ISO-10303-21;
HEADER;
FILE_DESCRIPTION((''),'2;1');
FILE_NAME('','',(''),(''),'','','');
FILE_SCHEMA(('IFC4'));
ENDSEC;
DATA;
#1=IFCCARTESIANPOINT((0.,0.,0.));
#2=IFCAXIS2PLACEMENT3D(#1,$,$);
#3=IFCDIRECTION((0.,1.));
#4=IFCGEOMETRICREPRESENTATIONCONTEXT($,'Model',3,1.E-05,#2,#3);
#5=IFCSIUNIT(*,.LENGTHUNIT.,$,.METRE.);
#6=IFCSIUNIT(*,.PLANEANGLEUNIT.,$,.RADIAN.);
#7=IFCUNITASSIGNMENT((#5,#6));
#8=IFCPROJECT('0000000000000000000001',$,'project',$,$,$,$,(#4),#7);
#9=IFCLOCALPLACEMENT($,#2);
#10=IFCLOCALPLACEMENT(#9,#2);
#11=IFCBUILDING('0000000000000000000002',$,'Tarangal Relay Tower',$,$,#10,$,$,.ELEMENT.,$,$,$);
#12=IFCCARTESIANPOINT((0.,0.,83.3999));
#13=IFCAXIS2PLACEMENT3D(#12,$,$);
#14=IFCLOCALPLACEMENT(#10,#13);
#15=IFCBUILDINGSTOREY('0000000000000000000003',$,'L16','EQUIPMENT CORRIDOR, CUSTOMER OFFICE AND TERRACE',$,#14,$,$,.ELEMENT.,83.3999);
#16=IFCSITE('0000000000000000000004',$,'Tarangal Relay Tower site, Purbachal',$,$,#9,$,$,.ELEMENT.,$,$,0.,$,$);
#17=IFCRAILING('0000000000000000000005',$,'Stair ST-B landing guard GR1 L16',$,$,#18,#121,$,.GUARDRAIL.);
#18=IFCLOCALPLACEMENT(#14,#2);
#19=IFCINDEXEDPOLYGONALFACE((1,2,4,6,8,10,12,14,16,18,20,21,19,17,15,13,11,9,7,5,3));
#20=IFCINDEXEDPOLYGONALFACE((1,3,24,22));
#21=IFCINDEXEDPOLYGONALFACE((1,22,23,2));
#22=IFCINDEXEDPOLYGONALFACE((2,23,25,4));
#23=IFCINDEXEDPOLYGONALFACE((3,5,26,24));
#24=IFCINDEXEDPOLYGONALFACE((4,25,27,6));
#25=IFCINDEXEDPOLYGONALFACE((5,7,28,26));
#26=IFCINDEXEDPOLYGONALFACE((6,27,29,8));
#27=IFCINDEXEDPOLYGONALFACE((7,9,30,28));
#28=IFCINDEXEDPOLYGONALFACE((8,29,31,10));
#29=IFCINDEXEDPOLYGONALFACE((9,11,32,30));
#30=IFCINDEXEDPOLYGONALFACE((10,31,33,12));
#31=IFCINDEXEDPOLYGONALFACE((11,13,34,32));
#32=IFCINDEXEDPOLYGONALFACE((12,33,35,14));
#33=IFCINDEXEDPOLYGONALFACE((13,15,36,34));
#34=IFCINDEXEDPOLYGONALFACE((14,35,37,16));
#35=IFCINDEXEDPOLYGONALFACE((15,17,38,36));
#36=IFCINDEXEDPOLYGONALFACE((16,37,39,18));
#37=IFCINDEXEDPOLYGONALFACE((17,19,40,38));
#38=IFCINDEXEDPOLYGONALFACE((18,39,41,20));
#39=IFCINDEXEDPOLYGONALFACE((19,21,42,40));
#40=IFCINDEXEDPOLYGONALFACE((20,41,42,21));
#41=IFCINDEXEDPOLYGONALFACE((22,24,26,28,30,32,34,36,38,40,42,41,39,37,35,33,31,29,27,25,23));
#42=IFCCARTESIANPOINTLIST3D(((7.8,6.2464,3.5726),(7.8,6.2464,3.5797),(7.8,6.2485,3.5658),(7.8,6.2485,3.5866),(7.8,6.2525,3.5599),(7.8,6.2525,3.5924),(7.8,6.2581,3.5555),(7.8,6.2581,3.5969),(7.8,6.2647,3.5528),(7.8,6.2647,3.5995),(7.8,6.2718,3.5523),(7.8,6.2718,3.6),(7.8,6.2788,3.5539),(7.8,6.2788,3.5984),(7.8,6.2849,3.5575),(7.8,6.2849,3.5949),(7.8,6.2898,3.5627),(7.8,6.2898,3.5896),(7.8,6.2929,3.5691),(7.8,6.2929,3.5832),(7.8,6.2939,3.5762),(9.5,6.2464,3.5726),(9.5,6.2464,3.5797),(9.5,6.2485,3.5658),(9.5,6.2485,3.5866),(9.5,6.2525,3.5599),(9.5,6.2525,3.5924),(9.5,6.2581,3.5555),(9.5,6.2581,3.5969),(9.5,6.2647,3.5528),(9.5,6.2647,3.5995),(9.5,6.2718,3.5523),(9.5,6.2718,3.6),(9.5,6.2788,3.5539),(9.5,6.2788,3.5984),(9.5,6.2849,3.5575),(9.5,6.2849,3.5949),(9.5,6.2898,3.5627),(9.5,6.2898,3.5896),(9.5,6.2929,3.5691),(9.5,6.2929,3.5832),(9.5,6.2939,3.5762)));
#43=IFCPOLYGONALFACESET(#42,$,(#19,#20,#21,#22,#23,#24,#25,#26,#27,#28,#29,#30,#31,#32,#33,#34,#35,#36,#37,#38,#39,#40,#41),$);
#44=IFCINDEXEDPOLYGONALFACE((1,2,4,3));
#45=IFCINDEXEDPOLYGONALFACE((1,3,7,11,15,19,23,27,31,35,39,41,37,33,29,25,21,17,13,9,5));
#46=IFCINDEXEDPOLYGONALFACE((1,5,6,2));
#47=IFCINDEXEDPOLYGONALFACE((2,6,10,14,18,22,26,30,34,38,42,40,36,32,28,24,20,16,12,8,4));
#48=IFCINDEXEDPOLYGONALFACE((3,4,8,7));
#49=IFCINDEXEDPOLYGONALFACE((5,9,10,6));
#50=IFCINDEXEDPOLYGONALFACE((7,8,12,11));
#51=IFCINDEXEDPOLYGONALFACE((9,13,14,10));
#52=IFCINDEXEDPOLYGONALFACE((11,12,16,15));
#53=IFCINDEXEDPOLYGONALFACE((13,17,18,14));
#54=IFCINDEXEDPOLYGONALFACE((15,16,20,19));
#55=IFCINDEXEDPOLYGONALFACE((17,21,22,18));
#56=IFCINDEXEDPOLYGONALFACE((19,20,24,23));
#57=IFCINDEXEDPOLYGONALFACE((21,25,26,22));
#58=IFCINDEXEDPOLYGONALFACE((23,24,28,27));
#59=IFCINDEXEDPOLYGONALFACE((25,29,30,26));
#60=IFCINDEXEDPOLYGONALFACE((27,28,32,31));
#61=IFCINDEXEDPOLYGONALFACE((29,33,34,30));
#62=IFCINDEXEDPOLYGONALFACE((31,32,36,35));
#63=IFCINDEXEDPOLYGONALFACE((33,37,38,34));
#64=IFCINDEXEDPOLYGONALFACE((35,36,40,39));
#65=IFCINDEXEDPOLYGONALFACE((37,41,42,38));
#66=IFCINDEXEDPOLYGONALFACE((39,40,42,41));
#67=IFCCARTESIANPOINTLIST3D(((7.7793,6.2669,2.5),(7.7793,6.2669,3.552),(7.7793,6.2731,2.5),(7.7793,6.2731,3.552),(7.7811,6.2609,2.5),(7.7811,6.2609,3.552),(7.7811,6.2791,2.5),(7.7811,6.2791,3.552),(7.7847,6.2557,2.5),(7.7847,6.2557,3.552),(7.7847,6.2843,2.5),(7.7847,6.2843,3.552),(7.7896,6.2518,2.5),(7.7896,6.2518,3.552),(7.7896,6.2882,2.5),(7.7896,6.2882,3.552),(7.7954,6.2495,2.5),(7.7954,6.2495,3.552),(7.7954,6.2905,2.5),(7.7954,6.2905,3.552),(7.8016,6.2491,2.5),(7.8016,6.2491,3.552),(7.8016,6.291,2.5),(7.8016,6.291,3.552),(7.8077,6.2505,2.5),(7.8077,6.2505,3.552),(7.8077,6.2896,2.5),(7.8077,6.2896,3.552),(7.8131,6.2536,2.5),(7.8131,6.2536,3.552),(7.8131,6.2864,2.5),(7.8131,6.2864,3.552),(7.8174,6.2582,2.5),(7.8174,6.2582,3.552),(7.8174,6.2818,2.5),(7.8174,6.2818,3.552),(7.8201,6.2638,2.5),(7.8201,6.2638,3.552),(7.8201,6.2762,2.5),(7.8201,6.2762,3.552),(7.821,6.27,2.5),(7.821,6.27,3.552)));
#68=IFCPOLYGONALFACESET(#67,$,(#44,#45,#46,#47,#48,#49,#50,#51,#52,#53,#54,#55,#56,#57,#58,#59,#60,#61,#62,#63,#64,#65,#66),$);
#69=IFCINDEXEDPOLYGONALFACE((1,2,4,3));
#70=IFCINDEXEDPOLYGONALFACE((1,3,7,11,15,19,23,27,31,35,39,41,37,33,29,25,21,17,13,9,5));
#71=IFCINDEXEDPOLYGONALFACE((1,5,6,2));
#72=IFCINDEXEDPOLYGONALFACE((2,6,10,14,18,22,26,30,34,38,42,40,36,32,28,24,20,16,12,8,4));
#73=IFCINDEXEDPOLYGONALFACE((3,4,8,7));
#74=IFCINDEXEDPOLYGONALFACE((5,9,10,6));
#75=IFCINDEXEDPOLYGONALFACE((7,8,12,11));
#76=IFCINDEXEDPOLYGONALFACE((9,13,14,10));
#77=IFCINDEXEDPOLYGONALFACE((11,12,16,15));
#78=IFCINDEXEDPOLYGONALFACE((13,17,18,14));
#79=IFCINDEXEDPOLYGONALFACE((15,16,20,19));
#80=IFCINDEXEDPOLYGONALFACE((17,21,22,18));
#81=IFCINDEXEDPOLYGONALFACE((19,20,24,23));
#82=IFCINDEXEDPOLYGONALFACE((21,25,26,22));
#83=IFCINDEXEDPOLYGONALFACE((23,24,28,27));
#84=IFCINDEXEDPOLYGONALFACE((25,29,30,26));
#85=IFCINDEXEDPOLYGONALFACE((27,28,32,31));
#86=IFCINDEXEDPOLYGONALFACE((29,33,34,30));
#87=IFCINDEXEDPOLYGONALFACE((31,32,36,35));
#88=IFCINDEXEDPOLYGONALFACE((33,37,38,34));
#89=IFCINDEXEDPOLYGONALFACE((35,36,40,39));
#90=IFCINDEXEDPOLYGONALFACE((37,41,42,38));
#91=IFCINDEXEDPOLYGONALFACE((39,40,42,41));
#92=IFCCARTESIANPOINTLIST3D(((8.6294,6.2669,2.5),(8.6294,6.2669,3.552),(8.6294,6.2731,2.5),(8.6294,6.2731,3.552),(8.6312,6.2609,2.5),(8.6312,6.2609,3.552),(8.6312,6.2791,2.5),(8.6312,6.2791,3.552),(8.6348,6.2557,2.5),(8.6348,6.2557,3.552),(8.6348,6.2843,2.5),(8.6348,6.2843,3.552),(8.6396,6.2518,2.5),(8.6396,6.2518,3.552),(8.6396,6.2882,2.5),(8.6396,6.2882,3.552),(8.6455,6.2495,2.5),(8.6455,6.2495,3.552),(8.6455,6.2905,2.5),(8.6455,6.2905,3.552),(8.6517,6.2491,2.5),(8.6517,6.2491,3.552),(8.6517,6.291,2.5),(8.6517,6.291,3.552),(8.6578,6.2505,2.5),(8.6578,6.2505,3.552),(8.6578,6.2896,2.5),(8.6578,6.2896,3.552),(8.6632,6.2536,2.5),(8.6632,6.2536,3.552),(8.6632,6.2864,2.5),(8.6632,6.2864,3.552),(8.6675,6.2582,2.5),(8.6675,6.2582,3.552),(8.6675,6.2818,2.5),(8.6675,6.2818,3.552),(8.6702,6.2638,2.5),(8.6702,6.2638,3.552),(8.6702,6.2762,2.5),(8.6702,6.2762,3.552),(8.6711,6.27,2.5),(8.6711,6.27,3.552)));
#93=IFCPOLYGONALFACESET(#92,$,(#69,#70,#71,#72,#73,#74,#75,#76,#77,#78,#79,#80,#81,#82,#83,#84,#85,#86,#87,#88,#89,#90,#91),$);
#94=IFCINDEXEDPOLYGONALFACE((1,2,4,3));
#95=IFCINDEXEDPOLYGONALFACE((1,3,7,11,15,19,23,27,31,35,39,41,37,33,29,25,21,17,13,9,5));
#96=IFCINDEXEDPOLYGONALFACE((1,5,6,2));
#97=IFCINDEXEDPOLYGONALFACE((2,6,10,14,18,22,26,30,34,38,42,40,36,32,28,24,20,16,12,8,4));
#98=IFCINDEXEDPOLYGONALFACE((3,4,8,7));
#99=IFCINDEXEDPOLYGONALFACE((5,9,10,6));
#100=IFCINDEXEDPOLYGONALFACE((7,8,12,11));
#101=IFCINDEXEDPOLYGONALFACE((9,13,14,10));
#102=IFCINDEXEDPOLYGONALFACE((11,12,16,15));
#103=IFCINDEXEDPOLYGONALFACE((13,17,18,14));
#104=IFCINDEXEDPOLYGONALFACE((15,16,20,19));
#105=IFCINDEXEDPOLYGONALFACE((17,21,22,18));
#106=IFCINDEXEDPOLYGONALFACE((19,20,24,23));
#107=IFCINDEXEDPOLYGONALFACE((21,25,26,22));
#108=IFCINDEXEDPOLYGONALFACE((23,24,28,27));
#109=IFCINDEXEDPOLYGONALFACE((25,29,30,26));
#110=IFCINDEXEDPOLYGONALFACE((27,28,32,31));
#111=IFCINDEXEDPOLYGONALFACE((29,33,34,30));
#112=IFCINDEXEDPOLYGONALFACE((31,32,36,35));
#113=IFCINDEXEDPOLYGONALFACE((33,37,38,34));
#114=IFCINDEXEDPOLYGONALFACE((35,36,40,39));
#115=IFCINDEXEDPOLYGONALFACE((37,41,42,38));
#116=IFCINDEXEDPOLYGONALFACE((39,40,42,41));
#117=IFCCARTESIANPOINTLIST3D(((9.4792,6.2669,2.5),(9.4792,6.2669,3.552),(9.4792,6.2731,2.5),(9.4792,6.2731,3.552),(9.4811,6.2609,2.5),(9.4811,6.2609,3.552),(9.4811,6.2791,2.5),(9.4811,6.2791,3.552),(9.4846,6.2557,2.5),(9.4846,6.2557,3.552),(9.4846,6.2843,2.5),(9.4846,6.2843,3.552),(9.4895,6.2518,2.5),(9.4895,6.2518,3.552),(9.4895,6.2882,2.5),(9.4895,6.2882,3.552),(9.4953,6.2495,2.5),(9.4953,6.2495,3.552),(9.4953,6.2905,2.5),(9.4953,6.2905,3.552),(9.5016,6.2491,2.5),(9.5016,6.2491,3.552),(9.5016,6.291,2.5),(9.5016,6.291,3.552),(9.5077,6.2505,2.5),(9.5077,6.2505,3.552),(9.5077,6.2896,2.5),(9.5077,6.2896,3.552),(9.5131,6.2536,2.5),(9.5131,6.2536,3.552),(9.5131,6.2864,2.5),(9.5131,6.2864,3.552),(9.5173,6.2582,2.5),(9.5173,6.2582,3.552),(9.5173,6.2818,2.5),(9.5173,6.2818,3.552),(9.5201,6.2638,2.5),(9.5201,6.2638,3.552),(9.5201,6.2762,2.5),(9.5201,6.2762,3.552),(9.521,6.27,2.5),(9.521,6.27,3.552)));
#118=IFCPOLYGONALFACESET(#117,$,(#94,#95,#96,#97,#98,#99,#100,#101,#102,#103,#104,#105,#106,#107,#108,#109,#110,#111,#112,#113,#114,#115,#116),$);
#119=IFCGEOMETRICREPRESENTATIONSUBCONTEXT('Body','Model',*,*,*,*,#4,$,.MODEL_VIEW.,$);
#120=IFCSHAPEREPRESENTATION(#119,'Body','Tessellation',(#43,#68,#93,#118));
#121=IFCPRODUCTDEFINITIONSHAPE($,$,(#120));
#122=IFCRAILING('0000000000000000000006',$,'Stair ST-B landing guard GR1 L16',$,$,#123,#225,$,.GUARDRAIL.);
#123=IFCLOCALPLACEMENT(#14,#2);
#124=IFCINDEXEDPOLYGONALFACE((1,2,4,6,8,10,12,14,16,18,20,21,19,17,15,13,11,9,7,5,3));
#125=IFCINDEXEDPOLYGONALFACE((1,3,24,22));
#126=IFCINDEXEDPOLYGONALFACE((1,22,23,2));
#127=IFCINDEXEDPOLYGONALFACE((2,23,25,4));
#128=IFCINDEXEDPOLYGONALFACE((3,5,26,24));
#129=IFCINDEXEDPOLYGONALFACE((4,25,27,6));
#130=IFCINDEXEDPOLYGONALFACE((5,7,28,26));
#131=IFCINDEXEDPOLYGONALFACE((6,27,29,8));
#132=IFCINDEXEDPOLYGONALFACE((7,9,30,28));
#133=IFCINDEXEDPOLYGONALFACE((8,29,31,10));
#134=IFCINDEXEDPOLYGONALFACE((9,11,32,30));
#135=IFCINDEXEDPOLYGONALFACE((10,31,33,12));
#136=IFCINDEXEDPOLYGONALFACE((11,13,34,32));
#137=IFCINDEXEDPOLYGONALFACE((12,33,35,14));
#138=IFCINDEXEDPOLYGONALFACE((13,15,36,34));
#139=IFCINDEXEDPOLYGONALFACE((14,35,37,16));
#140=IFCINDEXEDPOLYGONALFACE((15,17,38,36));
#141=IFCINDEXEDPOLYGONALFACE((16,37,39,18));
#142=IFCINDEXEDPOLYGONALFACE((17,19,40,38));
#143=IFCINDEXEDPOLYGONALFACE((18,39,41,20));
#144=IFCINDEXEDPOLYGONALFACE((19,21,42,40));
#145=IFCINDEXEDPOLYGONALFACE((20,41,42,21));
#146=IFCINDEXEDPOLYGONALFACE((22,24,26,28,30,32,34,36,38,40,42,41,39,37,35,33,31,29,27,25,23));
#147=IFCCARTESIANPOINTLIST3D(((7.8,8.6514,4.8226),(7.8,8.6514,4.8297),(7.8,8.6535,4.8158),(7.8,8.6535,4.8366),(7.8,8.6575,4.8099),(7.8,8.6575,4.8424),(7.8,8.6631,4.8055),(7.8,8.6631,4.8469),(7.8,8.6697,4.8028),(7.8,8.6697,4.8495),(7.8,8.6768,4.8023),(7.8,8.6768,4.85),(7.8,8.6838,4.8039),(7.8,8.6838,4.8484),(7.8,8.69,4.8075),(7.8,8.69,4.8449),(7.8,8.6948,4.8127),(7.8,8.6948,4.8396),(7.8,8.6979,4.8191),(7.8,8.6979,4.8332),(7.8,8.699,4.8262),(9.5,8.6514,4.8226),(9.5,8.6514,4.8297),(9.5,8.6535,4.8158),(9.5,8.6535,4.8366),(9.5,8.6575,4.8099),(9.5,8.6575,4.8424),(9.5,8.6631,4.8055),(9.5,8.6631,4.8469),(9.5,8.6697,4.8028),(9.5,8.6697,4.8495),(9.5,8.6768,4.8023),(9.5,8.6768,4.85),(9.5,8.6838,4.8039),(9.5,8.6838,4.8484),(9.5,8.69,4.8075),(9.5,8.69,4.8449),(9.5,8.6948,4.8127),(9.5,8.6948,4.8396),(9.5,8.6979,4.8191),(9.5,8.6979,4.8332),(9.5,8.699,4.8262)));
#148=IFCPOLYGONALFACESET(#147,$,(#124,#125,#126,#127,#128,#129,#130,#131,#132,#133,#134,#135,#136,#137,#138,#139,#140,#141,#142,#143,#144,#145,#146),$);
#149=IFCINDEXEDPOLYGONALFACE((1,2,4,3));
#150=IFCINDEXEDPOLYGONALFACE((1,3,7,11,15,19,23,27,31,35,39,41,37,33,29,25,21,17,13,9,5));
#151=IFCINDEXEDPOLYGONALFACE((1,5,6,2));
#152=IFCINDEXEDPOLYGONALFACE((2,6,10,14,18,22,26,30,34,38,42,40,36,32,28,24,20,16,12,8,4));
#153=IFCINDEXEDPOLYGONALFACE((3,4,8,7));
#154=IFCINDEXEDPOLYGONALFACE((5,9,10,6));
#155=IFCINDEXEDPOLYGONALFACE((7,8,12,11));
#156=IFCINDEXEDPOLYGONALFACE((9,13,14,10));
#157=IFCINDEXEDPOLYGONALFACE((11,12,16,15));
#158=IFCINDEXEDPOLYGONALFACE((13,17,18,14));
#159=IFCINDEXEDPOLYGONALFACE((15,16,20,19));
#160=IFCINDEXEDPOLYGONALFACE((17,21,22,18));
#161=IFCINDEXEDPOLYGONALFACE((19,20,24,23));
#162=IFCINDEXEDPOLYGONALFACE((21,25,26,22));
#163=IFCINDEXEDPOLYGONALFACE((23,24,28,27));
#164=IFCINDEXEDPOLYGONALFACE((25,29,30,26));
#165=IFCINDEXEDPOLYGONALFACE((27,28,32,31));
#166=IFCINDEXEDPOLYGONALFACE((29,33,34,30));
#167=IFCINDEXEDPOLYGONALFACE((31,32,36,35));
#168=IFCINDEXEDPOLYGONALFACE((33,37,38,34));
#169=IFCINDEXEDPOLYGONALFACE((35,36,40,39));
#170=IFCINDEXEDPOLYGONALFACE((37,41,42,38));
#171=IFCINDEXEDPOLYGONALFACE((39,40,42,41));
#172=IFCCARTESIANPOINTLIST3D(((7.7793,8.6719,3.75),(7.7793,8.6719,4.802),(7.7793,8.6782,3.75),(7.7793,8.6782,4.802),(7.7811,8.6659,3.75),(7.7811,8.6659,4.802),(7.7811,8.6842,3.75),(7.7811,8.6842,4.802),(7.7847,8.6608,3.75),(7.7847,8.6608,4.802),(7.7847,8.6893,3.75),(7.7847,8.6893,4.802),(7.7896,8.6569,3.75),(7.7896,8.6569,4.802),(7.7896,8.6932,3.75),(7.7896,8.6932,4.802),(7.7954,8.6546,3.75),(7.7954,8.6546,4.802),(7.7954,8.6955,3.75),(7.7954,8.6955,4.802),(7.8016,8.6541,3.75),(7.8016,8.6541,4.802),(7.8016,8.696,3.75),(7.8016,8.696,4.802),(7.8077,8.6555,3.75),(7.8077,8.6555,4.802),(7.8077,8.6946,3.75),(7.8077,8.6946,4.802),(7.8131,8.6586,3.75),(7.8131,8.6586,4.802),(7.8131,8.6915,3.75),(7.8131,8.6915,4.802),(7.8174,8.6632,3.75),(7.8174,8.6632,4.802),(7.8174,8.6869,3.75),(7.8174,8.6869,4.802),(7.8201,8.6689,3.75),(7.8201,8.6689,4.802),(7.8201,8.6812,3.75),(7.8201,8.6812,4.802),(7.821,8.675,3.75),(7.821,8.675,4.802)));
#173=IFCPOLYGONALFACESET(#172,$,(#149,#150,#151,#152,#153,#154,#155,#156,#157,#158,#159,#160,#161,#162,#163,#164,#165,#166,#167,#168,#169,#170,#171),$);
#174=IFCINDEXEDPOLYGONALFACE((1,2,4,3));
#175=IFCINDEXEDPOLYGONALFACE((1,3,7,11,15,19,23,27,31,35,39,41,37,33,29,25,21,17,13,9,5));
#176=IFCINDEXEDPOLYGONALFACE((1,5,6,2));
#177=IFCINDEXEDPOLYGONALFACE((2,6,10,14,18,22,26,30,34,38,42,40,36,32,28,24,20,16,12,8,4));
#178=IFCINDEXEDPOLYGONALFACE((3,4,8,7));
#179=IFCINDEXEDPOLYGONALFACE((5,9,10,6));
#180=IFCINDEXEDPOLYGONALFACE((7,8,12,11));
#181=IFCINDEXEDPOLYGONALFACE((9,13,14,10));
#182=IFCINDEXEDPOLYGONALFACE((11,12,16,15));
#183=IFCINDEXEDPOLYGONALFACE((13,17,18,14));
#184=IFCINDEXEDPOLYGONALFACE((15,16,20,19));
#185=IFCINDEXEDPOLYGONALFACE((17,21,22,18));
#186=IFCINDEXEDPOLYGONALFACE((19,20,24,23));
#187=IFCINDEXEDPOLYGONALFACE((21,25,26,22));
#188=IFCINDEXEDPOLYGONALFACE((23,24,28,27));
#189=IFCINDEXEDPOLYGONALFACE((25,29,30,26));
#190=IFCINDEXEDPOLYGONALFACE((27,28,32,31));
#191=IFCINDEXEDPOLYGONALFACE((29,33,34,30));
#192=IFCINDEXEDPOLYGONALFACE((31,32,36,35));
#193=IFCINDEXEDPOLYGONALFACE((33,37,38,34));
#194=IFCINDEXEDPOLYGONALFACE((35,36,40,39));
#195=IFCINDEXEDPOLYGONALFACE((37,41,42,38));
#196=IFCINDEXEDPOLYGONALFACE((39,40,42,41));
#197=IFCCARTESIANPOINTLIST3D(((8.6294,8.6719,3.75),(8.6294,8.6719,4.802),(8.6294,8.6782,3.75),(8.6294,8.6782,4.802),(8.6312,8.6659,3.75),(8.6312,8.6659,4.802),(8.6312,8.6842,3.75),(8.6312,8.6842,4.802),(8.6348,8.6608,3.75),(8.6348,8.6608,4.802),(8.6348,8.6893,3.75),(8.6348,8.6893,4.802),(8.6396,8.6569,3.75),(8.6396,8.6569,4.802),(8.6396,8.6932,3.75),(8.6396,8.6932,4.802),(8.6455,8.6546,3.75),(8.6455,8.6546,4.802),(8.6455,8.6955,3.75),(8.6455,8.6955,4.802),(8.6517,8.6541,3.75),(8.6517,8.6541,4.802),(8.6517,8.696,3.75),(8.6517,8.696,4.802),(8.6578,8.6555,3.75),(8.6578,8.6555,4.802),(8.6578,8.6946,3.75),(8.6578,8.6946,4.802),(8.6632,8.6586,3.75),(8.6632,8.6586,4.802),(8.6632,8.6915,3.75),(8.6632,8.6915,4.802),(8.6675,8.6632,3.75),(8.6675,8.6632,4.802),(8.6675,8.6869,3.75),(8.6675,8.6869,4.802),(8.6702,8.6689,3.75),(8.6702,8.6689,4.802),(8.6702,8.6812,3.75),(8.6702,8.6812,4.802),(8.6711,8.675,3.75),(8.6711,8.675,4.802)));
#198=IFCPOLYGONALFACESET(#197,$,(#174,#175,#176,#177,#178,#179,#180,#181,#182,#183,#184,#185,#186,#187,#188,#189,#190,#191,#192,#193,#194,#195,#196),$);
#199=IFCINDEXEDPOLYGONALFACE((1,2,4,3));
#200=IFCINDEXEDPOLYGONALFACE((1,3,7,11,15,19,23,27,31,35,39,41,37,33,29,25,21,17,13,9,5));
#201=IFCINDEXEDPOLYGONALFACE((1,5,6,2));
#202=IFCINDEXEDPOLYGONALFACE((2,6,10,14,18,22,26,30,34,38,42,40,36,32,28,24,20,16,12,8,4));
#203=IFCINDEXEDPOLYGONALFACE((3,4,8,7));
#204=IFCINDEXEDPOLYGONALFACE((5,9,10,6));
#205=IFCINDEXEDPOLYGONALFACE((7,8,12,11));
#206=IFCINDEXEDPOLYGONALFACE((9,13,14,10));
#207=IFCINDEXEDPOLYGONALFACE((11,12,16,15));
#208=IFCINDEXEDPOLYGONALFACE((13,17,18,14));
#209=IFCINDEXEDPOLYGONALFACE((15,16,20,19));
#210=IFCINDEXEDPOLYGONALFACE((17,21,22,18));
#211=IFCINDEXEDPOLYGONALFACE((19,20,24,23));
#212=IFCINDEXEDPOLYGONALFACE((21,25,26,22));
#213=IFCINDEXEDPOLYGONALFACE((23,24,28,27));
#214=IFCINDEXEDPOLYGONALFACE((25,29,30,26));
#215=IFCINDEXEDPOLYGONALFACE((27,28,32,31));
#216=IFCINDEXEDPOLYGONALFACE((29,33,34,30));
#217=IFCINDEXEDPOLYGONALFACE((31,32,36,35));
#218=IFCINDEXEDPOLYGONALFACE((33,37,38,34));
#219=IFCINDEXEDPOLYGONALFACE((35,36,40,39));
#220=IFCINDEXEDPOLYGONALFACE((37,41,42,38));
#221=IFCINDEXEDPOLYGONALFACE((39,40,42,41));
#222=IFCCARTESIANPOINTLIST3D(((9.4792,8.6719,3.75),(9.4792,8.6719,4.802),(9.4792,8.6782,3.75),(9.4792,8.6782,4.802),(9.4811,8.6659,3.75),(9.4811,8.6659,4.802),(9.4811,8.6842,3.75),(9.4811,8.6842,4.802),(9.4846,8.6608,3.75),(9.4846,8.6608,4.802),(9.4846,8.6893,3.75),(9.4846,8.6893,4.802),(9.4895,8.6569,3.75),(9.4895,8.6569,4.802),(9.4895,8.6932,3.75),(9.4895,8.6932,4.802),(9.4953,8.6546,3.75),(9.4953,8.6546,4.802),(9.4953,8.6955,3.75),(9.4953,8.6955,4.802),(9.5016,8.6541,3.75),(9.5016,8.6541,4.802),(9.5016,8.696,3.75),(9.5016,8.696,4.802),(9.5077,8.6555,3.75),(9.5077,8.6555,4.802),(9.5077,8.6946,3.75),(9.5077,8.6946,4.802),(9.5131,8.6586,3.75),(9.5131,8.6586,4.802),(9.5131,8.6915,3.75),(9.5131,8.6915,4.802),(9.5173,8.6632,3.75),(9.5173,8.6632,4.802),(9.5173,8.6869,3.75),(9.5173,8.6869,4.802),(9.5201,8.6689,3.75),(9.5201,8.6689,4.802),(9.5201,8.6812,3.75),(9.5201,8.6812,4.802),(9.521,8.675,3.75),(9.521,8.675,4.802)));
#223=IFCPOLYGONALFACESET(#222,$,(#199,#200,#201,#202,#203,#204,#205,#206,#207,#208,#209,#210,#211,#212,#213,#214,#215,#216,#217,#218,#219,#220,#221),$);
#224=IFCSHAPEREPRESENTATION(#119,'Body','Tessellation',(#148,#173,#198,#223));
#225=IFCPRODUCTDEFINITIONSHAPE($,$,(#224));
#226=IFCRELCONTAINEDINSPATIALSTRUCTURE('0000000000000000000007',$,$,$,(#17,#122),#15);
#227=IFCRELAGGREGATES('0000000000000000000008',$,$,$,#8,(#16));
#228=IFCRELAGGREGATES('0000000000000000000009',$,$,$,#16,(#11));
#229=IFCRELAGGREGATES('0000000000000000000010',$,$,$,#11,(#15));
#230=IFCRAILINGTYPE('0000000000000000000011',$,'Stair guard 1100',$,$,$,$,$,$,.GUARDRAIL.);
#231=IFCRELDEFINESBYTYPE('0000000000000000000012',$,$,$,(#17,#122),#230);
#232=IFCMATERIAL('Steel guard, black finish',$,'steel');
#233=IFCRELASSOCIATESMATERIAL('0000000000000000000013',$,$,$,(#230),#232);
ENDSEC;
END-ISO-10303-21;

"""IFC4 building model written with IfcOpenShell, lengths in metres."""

from ifc_helpers import new_model, si_unit, direction, frame, origin, origin_2d, place, context, subcontext, project, spatial, circle, extrude, material, type_object, element, save


model = new_model("IFC4")

# Units and contexts
model_context = context("Model", 3, precision=1e-05, world=origin(), true_north=direction((0.0, 1.0)))
body_context = subcontext(model_context, "Body", "Model", "MODEL_VIEW")
ifc_project = project(units=[si_unit("LENGTHUNIT", "METRE"), si_unit("PLANEANGLEUNIT", "RADIAN")], contexts=[model_context])

# Site, building, storey
site_placement = place(None, origin())
site = spatial("IfcSite", under=ifc_project, at=site_placement, Name="Tarangal Relay Tower site, Purbachal", CompositionType="ELEMENT", RefElevation=0.0)
building_placement = place(site_placement, origin())
building = spatial("IfcBuilding", under=site, at=building_placement, Name="Tarangal Relay Tower", CompositionType="ELEMENT")
storey_placement = place(building_placement, frame((0.0, 0.0, 83.3999)))
storey = spatial("IfcBuildingStorey", under=building, at=storey_placement, Name="L16", Description="EQUIPMENT CORRIDOR, CUSTOMER OFFICE AND TERRACE", CompositionType="ELEMENT", Elevation=83.3999)

# Railings
ifc_material_1 = material(Name="Steel guard, black finish", Category="steel")
railing_type_1 = type_object("IfcRailingType", Name="Stair guard 1100", PredefinedType="GUARDRAIL", material=ifc_material_1)
for number, where, name in (
    (1, (7.8, 6.27, 2.5), "Stair ST-B landing guard GR1 L16"),
    (2, (7.8, 8.675, 3.75), "Stair ST-B landing guard GR1 L16"),
):
    element("IfcRailing", number, at=place(storey_placement, frame(where)), inside=storey, type_object=railing_type_1, Name=name, PredefinedType="GUARDRAIL", context=body_context, shape_type="SweptSolid", body=[
        extrude(circle(Radius=0.0239, at=origin_2d()), frame((0.0, 0.0, 1.0762), z_axis=(1.0, 0.0, 0.0), x_axis=(0.0, 1.0, 0.0)), (0.0, 0.0, 1.0), 1.7),
        extrude(circle(Radius=0.021, at=origin_2d()), origin(), (0.0, 0.0, 1.0), 1.052),
        extrude(circle(Radius=0.021, at=origin_2d()), frame((0.8501, 0.0, 0.0)), (0.0, 0.0, 1.0), 1.052),
        extrude(circle(Radius=0.021, at=origin_2d()), frame((1.7, 0.0, 0.0)), (0.0, 0.0, 1.0), 1.052),
    ])

save(model, "model.ifc")
